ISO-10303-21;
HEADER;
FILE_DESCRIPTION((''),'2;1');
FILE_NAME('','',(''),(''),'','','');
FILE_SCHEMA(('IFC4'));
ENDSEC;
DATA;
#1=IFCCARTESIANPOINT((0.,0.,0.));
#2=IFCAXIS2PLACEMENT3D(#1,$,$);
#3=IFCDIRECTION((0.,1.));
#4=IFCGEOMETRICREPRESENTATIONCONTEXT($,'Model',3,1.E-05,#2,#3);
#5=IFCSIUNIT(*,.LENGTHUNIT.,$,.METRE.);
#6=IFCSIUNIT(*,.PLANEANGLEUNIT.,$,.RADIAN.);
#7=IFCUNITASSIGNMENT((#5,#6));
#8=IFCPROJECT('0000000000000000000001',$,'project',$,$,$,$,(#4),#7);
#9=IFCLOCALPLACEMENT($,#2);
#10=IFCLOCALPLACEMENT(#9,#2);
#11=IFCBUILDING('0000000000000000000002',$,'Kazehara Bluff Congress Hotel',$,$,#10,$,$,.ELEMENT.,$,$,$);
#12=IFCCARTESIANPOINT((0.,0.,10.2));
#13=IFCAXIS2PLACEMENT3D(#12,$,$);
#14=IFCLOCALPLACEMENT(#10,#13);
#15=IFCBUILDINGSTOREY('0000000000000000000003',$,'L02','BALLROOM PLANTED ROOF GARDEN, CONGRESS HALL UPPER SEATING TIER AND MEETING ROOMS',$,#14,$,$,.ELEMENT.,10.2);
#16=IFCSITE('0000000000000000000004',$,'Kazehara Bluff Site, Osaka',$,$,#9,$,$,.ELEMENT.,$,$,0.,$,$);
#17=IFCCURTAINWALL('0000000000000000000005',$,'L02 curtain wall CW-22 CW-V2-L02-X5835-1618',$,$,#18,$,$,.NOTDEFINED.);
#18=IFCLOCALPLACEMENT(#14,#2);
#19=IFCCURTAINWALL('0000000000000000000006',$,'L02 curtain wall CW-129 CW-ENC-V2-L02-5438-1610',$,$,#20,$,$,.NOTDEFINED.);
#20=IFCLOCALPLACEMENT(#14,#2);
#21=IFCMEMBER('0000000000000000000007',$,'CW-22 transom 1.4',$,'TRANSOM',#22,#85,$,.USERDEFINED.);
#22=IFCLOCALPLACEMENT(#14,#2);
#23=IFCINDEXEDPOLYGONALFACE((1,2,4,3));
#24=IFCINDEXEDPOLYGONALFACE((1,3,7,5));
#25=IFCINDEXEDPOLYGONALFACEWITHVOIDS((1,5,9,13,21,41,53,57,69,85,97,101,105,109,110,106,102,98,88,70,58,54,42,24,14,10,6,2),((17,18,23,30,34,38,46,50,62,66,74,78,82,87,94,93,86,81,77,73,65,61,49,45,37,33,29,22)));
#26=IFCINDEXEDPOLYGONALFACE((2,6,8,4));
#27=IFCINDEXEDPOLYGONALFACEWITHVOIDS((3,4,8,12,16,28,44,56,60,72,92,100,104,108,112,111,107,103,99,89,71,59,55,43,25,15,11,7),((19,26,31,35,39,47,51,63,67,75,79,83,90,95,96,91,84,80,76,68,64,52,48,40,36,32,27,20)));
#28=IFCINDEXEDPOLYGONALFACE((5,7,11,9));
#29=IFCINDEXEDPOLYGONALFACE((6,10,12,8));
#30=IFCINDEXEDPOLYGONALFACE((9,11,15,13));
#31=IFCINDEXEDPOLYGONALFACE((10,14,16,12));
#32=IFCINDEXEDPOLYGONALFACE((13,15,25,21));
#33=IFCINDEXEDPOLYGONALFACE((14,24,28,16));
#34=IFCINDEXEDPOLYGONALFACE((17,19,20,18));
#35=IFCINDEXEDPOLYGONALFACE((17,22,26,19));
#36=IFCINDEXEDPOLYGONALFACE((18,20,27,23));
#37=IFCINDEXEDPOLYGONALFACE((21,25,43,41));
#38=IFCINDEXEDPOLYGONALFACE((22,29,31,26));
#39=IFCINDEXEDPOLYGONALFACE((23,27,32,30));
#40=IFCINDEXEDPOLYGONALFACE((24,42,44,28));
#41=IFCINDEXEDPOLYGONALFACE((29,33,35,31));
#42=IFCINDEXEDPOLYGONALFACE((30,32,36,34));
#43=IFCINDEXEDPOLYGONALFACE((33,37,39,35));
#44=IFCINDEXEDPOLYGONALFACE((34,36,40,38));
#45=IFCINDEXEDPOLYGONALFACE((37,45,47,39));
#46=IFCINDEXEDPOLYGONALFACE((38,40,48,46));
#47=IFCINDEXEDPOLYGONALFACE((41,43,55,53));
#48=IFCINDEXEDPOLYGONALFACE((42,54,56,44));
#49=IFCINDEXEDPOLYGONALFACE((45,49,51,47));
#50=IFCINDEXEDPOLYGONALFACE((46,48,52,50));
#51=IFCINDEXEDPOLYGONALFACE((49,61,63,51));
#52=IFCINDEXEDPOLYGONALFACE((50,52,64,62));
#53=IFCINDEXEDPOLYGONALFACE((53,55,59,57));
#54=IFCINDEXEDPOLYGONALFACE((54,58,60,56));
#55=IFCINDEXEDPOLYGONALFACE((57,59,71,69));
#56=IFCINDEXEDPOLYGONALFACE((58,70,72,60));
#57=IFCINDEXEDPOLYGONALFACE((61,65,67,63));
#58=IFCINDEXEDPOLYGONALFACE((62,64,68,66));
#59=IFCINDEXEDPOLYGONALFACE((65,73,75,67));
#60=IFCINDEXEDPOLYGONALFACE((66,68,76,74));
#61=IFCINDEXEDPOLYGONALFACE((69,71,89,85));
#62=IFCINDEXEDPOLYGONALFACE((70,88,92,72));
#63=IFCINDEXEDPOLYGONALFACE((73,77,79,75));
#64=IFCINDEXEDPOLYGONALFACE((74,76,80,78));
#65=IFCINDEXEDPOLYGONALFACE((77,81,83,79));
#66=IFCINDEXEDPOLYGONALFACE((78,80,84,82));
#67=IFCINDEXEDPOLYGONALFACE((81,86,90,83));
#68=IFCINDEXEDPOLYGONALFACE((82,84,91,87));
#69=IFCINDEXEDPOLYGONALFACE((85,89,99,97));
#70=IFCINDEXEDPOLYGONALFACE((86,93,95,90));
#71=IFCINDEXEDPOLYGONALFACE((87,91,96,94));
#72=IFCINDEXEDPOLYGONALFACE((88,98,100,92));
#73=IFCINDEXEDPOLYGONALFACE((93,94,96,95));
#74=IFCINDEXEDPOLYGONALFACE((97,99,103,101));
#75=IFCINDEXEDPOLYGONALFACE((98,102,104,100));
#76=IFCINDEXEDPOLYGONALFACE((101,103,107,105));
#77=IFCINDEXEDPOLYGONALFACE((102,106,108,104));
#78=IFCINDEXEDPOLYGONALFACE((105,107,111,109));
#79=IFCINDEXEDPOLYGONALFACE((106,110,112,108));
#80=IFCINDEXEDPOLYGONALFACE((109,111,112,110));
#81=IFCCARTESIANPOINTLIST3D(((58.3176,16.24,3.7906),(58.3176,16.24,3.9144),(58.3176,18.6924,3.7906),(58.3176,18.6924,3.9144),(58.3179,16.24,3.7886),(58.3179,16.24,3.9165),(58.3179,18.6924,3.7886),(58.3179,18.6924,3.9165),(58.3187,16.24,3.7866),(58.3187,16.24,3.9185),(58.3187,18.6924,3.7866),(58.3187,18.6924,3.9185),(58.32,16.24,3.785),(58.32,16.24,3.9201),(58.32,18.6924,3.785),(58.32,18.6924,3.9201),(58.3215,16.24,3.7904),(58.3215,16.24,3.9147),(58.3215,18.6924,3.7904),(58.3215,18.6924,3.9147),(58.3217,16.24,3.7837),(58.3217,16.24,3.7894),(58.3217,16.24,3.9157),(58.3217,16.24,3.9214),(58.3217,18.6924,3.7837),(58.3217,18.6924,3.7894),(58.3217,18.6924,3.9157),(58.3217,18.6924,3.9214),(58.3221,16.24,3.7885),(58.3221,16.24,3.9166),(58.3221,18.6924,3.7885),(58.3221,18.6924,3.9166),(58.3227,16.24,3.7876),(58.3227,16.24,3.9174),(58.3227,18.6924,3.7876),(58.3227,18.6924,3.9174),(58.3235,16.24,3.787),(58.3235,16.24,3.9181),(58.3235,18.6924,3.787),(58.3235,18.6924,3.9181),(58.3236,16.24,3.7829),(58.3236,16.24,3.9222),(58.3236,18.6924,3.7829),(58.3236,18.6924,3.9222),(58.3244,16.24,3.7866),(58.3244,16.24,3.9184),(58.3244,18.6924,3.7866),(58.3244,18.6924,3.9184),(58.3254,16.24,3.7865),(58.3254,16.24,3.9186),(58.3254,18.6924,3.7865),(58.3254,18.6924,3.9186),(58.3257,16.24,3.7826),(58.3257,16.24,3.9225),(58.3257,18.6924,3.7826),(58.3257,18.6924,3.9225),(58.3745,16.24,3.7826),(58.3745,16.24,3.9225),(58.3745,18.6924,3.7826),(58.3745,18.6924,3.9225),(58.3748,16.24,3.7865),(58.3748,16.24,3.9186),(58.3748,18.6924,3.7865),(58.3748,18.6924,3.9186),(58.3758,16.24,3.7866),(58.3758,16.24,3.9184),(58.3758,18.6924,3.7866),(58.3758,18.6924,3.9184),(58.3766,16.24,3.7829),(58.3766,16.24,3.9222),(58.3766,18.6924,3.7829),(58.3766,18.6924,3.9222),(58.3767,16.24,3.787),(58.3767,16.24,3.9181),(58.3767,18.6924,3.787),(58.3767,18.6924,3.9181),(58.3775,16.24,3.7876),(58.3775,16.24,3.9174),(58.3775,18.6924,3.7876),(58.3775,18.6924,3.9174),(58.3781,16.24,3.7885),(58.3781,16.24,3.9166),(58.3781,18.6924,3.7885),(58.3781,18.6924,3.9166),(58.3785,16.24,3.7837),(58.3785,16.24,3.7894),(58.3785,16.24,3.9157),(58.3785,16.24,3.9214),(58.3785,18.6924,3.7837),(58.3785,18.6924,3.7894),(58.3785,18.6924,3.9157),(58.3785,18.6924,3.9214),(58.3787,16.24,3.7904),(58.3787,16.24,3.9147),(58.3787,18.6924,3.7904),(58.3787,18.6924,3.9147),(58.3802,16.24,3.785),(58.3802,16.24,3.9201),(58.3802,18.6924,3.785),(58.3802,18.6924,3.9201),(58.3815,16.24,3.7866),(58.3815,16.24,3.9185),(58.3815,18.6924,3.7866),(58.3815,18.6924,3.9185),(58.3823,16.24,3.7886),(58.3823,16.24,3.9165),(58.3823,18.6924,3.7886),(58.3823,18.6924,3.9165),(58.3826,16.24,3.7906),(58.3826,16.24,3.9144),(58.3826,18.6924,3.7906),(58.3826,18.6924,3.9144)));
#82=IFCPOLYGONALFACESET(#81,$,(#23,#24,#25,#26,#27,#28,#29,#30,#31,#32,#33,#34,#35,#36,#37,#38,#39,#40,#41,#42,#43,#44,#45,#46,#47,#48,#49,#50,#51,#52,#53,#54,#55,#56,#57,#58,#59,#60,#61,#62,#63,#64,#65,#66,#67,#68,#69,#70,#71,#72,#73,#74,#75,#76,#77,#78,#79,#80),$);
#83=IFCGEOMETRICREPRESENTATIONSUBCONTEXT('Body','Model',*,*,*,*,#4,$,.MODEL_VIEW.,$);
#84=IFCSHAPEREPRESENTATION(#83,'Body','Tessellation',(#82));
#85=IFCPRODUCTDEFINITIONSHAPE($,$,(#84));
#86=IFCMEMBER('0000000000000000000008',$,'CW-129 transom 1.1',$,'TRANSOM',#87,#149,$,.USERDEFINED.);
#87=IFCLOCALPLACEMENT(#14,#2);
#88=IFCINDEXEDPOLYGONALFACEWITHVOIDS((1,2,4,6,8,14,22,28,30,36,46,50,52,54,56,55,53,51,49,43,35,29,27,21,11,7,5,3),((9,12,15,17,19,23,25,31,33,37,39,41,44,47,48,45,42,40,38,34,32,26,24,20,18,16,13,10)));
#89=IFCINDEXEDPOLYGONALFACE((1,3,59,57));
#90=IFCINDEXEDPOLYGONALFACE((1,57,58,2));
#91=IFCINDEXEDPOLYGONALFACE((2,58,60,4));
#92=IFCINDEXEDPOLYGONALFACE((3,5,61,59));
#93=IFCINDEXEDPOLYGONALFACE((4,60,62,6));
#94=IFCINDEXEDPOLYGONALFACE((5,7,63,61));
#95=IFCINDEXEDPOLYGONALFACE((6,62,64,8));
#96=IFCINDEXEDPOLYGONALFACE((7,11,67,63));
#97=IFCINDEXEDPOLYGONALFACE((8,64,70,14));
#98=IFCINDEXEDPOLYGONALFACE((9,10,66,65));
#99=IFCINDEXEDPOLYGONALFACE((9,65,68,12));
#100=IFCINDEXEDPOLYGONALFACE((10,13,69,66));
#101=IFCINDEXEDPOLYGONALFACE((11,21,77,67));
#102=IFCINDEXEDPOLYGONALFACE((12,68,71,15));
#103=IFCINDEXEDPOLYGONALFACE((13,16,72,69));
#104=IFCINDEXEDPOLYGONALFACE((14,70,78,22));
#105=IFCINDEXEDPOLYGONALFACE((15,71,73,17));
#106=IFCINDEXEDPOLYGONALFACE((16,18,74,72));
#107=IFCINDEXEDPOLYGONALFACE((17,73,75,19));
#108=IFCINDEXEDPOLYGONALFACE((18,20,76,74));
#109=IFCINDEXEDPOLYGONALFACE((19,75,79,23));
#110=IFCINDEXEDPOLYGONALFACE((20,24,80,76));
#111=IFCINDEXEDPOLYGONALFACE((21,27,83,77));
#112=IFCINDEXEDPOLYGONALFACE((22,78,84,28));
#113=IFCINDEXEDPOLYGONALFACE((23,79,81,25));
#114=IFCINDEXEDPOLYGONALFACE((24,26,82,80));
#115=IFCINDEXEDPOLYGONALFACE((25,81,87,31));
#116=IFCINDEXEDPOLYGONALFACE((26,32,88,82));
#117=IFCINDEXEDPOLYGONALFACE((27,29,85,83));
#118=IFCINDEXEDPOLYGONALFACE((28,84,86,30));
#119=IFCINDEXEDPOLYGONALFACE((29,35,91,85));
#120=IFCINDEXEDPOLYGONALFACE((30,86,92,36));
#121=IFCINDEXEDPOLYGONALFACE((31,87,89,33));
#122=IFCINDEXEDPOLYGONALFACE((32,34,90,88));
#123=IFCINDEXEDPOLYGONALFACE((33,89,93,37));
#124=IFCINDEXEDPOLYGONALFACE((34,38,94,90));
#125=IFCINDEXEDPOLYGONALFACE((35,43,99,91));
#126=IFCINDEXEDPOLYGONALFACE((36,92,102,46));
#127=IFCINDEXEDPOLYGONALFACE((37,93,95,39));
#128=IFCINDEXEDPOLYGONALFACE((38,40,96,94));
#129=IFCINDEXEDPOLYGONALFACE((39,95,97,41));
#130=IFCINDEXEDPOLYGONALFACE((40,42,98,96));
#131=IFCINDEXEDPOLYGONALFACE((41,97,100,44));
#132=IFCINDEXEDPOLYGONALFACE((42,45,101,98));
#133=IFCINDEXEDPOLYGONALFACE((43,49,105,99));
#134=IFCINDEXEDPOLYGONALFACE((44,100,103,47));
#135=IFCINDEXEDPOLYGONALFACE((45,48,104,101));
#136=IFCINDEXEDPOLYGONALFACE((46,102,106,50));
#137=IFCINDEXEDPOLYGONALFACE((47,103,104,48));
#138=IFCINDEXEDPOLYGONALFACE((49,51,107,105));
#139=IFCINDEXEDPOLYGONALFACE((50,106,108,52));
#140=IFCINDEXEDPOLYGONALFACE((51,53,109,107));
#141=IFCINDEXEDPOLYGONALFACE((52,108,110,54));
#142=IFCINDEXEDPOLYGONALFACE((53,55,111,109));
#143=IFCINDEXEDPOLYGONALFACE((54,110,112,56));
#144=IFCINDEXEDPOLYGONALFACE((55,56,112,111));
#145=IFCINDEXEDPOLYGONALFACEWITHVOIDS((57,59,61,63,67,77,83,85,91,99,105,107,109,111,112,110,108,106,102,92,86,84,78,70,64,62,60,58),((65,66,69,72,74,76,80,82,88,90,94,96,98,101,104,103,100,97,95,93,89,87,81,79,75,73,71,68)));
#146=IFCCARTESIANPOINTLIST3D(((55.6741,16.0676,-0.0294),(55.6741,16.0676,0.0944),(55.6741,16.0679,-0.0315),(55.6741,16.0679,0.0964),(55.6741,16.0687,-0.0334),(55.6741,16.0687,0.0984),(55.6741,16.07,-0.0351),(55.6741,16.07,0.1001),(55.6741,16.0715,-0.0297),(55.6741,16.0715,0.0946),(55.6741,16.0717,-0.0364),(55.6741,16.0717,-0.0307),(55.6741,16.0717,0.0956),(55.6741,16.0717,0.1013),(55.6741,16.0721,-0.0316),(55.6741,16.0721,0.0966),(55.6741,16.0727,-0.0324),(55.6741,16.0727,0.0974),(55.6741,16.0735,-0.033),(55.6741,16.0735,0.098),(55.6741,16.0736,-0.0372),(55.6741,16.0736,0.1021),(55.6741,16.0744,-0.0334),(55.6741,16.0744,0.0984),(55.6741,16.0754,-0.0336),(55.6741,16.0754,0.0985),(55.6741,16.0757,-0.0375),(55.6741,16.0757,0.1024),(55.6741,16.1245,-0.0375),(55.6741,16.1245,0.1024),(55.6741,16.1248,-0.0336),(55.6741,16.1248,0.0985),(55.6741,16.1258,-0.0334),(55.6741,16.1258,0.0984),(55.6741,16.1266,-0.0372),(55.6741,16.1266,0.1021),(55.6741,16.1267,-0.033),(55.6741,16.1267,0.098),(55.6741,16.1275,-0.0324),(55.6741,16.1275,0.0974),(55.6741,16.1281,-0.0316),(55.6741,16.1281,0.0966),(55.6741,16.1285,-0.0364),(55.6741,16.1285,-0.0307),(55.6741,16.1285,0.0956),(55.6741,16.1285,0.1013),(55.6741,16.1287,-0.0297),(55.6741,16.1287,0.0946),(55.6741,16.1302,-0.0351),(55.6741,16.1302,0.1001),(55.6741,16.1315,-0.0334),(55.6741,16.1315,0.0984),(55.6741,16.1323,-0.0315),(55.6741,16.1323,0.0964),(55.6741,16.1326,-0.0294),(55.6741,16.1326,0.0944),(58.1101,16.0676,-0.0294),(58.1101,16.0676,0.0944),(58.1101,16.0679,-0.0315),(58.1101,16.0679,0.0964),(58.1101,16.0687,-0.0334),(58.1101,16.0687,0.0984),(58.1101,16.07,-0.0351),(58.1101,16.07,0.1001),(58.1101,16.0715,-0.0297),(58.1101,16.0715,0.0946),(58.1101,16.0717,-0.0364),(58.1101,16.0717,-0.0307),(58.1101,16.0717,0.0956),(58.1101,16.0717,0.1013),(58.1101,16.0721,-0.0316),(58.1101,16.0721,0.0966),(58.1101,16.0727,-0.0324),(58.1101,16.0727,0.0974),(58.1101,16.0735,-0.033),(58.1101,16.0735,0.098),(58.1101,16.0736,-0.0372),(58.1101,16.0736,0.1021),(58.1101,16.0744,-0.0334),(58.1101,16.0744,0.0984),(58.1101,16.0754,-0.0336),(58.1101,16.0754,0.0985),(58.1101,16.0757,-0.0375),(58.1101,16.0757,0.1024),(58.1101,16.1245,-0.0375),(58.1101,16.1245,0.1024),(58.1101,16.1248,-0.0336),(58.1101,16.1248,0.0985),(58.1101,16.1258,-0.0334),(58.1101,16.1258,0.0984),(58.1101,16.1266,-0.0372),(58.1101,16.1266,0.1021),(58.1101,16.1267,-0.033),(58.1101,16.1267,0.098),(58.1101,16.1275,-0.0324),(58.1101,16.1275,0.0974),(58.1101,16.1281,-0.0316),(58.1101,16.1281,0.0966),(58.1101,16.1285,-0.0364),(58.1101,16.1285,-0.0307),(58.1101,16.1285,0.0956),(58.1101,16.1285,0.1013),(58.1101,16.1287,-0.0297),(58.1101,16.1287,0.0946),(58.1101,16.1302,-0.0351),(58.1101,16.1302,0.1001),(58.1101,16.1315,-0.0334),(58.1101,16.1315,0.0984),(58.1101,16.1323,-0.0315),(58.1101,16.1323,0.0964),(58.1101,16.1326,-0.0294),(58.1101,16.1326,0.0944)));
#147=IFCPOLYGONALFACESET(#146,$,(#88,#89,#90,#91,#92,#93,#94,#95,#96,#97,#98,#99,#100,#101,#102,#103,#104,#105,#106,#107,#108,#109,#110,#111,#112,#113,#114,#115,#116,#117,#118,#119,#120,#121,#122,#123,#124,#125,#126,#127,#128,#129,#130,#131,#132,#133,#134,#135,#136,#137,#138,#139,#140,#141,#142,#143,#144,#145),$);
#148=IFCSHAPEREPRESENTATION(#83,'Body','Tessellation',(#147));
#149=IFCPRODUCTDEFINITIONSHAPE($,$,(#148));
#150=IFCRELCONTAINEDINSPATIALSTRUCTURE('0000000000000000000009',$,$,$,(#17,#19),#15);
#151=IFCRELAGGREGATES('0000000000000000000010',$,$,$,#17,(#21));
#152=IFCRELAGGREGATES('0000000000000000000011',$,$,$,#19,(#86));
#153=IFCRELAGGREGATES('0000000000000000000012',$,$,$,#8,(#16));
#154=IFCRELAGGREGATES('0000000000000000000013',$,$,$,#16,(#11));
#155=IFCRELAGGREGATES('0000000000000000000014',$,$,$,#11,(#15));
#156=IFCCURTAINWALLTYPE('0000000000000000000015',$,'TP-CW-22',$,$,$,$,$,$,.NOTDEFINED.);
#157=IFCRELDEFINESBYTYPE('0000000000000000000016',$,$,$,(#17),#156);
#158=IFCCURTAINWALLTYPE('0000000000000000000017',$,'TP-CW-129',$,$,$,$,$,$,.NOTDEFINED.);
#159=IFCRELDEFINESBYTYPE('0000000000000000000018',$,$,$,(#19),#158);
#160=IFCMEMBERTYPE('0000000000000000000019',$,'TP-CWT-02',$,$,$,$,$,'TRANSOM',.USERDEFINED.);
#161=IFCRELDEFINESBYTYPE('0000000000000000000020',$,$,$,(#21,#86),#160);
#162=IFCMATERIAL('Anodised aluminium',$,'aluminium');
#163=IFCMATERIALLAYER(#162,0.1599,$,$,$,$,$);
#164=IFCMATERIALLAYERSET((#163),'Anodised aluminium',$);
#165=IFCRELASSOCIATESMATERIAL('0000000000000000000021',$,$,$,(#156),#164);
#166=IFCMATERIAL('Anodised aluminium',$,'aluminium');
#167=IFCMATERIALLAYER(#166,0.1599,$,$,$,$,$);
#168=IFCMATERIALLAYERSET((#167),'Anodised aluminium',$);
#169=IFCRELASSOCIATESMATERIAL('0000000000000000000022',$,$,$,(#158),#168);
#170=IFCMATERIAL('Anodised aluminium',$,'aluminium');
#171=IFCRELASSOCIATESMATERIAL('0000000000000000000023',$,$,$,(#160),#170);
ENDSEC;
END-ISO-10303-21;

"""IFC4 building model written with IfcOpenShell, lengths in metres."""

from ifc_helpers import new_model, si_unit, direction, frame, origin, origin_2d, place, context, subcontext, project, spatial, hollow_rectangle, extrude, material, layer, layer_set, material_profile, profile_set, type_object, element, aggregate, save


model = new_model("IFC4")

# Units and contexts
model_context = context("Model", 3, precision=1e-05, world=origin(), true_north=direction((0.0, 1.0)))
body_context = subcontext(model_context, "Body", "Model", "MODEL_VIEW")
ifc_project = project(units=[si_unit("LENGTHUNIT", "METRE"), si_unit("PLANEANGLEUNIT", "RADIAN")], contexts=[model_context])

# Site, building, storey
site_placement = place(None, origin())
site = spatial("IfcSite", under=ifc_project, at=site_placement, Name="Kazehara Bluff Site, Osaka", CompositionType="ELEMENT", RefElevation=0.0)
building_placement = place(site_placement, origin())
building = spatial("IfcBuilding", under=site, at=building_placement, Name="Kazehara Bluff Congress Hotel", CompositionType="ELEMENT")
storey_placement = place(building_placement, frame((0.0, 0.0, 10.2)))
storey = spatial("IfcBuildingStorey", under=building, at=storey_placement, Name="L02", Description="BALLROOM PLANTED ROOF GARDEN, CONGRESS HALL UPPER SEATING TIER AND MEETING ROOMS", CompositionType="ELEMENT", Elevation=10.2)

# Curtain wall
ifc_material_1 = material(Name="Anodised aluminium", Category="aluminium")
ifc_layer_1 = layer(ifc_material_1, 0.1599)
ifc_layer_set_1 = layer_set([ifc_layer_1], Name="Anodised aluminium")
curtain_wall_type_1 = type_object("IfcCurtainWallType", Name="TP-CW-22", PredefinedType="NOTDEFINED", material=ifc_layer_set_1)
curtain_wall_1_placement = place(storey_placement, origin())
curtain_wall_1 = element("IfcCurtainWall", 1, at=curtain_wall_1_placement, inside=storey, type_object=curtain_wall_type_1, Name="L02 curtain wall CW-22 CW-V2-L02-X5835-1618", PredefinedType="NOTDEFINED")

# Curtain wall
ifc_material_2 = material(Name="Anodised aluminium", Category="aluminium")
ifc_layer_2 = layer(ifc_material_2, 0.1599)
ifc_layer_set_2 = layer_set([ifc_layer_2], Name="Anodised aluminium")
curtain_wall_type_2 = type_object("IfcCurtainWallType", Name="TP-CW-129", PredefinedType="NOTDEFINED", material=ifc_layer_set_2)
curtain_wall_2_placement = place(storey_placement, origin())
curtain_wall_2 = element("IfcCurtainWall", 2, at=curtain_wall_2_placement, inside=storey, type_object=curtain_wall_type_2, Name="L02 curtain wall CW-129 CW-ENC-V2-L02-5438-1610", PredefinedType="NOTDEFINED")

# Members
ifc_material_3 = material(Name="Anodised aluminium", Category="aluminium")
ifc_material_profile_1 = material_profile(ifc_material_3, hollow_rectangle(XDim=0.0649, YDim=0.1399, WallThickness=0.0039, InnerFilletRadius=0.0039, OuterFilletRadius=0.0081, at=origin_2d()))
ifc_profile_set_1 = profile_set([ifc_material_profile_1], Name="Anodised aluminium")
member_type_1 = type_object("IfcMemberType", Name="TP-CWT-02", ElementType="TRANSOM", PredefinedType="USERDEFINED", material=ifc_profile_set_1)
member_1_placement = place(storey_placement, frame((58.3501, 16.24, 3.8525), z_axis=(0.0, 1.0, 0.0), x_axis=(-1.0, 0.0, 0.0)))
member_1 = element("IfcMember", 3, at=member_1_placement, type_object=member_type_1, Name="CW-22 transom 1.4", ObjectType="TRANSOM", PredefinedType="USERDEFINED", context=body_context, shape_type="SweptSolid", body=[
    extrude(hollow_rectangle(XDim=0.0649, YDim=0.1399, WallThickness=0.0039, InnerFilletRadius=0.0039, OuterFilletRadius=0.0081, at=origin_2d()), origin(), (0.0, 0.0, 1.0), 2.4524),
])
member_2_placement = place(storey_placement, frame((58.1101, 16.1001, 0.0325), z_axis=(-1.0, 0.0, 0.0), x_axis=(0.0, -1.0, 0.0)))
member_2 = element("IfcMember", 4, at=member_2_placement, type_object=member_type_1, Name="CW-129 transom 1.1", ObjectType="TRANSOM", PredefinedType="USERDEFINED", context=body_context, shape_type="SweptSolid", body=[
    extrude(hollow_rectangle(XDim=0.0649, YDim=0.1399, WallThickness=0.0039, InnerFilletRadius=0.0039, OuterFilletRadius=0.0081, at=origin_2d()), origin(), (0.0, 0.0, 1.0), 2.436),
])

aggregate(curtain_wall_1, [member_1])
aggregate(curtain_wall_2, [member_2])

save(model, "model.ifc")
